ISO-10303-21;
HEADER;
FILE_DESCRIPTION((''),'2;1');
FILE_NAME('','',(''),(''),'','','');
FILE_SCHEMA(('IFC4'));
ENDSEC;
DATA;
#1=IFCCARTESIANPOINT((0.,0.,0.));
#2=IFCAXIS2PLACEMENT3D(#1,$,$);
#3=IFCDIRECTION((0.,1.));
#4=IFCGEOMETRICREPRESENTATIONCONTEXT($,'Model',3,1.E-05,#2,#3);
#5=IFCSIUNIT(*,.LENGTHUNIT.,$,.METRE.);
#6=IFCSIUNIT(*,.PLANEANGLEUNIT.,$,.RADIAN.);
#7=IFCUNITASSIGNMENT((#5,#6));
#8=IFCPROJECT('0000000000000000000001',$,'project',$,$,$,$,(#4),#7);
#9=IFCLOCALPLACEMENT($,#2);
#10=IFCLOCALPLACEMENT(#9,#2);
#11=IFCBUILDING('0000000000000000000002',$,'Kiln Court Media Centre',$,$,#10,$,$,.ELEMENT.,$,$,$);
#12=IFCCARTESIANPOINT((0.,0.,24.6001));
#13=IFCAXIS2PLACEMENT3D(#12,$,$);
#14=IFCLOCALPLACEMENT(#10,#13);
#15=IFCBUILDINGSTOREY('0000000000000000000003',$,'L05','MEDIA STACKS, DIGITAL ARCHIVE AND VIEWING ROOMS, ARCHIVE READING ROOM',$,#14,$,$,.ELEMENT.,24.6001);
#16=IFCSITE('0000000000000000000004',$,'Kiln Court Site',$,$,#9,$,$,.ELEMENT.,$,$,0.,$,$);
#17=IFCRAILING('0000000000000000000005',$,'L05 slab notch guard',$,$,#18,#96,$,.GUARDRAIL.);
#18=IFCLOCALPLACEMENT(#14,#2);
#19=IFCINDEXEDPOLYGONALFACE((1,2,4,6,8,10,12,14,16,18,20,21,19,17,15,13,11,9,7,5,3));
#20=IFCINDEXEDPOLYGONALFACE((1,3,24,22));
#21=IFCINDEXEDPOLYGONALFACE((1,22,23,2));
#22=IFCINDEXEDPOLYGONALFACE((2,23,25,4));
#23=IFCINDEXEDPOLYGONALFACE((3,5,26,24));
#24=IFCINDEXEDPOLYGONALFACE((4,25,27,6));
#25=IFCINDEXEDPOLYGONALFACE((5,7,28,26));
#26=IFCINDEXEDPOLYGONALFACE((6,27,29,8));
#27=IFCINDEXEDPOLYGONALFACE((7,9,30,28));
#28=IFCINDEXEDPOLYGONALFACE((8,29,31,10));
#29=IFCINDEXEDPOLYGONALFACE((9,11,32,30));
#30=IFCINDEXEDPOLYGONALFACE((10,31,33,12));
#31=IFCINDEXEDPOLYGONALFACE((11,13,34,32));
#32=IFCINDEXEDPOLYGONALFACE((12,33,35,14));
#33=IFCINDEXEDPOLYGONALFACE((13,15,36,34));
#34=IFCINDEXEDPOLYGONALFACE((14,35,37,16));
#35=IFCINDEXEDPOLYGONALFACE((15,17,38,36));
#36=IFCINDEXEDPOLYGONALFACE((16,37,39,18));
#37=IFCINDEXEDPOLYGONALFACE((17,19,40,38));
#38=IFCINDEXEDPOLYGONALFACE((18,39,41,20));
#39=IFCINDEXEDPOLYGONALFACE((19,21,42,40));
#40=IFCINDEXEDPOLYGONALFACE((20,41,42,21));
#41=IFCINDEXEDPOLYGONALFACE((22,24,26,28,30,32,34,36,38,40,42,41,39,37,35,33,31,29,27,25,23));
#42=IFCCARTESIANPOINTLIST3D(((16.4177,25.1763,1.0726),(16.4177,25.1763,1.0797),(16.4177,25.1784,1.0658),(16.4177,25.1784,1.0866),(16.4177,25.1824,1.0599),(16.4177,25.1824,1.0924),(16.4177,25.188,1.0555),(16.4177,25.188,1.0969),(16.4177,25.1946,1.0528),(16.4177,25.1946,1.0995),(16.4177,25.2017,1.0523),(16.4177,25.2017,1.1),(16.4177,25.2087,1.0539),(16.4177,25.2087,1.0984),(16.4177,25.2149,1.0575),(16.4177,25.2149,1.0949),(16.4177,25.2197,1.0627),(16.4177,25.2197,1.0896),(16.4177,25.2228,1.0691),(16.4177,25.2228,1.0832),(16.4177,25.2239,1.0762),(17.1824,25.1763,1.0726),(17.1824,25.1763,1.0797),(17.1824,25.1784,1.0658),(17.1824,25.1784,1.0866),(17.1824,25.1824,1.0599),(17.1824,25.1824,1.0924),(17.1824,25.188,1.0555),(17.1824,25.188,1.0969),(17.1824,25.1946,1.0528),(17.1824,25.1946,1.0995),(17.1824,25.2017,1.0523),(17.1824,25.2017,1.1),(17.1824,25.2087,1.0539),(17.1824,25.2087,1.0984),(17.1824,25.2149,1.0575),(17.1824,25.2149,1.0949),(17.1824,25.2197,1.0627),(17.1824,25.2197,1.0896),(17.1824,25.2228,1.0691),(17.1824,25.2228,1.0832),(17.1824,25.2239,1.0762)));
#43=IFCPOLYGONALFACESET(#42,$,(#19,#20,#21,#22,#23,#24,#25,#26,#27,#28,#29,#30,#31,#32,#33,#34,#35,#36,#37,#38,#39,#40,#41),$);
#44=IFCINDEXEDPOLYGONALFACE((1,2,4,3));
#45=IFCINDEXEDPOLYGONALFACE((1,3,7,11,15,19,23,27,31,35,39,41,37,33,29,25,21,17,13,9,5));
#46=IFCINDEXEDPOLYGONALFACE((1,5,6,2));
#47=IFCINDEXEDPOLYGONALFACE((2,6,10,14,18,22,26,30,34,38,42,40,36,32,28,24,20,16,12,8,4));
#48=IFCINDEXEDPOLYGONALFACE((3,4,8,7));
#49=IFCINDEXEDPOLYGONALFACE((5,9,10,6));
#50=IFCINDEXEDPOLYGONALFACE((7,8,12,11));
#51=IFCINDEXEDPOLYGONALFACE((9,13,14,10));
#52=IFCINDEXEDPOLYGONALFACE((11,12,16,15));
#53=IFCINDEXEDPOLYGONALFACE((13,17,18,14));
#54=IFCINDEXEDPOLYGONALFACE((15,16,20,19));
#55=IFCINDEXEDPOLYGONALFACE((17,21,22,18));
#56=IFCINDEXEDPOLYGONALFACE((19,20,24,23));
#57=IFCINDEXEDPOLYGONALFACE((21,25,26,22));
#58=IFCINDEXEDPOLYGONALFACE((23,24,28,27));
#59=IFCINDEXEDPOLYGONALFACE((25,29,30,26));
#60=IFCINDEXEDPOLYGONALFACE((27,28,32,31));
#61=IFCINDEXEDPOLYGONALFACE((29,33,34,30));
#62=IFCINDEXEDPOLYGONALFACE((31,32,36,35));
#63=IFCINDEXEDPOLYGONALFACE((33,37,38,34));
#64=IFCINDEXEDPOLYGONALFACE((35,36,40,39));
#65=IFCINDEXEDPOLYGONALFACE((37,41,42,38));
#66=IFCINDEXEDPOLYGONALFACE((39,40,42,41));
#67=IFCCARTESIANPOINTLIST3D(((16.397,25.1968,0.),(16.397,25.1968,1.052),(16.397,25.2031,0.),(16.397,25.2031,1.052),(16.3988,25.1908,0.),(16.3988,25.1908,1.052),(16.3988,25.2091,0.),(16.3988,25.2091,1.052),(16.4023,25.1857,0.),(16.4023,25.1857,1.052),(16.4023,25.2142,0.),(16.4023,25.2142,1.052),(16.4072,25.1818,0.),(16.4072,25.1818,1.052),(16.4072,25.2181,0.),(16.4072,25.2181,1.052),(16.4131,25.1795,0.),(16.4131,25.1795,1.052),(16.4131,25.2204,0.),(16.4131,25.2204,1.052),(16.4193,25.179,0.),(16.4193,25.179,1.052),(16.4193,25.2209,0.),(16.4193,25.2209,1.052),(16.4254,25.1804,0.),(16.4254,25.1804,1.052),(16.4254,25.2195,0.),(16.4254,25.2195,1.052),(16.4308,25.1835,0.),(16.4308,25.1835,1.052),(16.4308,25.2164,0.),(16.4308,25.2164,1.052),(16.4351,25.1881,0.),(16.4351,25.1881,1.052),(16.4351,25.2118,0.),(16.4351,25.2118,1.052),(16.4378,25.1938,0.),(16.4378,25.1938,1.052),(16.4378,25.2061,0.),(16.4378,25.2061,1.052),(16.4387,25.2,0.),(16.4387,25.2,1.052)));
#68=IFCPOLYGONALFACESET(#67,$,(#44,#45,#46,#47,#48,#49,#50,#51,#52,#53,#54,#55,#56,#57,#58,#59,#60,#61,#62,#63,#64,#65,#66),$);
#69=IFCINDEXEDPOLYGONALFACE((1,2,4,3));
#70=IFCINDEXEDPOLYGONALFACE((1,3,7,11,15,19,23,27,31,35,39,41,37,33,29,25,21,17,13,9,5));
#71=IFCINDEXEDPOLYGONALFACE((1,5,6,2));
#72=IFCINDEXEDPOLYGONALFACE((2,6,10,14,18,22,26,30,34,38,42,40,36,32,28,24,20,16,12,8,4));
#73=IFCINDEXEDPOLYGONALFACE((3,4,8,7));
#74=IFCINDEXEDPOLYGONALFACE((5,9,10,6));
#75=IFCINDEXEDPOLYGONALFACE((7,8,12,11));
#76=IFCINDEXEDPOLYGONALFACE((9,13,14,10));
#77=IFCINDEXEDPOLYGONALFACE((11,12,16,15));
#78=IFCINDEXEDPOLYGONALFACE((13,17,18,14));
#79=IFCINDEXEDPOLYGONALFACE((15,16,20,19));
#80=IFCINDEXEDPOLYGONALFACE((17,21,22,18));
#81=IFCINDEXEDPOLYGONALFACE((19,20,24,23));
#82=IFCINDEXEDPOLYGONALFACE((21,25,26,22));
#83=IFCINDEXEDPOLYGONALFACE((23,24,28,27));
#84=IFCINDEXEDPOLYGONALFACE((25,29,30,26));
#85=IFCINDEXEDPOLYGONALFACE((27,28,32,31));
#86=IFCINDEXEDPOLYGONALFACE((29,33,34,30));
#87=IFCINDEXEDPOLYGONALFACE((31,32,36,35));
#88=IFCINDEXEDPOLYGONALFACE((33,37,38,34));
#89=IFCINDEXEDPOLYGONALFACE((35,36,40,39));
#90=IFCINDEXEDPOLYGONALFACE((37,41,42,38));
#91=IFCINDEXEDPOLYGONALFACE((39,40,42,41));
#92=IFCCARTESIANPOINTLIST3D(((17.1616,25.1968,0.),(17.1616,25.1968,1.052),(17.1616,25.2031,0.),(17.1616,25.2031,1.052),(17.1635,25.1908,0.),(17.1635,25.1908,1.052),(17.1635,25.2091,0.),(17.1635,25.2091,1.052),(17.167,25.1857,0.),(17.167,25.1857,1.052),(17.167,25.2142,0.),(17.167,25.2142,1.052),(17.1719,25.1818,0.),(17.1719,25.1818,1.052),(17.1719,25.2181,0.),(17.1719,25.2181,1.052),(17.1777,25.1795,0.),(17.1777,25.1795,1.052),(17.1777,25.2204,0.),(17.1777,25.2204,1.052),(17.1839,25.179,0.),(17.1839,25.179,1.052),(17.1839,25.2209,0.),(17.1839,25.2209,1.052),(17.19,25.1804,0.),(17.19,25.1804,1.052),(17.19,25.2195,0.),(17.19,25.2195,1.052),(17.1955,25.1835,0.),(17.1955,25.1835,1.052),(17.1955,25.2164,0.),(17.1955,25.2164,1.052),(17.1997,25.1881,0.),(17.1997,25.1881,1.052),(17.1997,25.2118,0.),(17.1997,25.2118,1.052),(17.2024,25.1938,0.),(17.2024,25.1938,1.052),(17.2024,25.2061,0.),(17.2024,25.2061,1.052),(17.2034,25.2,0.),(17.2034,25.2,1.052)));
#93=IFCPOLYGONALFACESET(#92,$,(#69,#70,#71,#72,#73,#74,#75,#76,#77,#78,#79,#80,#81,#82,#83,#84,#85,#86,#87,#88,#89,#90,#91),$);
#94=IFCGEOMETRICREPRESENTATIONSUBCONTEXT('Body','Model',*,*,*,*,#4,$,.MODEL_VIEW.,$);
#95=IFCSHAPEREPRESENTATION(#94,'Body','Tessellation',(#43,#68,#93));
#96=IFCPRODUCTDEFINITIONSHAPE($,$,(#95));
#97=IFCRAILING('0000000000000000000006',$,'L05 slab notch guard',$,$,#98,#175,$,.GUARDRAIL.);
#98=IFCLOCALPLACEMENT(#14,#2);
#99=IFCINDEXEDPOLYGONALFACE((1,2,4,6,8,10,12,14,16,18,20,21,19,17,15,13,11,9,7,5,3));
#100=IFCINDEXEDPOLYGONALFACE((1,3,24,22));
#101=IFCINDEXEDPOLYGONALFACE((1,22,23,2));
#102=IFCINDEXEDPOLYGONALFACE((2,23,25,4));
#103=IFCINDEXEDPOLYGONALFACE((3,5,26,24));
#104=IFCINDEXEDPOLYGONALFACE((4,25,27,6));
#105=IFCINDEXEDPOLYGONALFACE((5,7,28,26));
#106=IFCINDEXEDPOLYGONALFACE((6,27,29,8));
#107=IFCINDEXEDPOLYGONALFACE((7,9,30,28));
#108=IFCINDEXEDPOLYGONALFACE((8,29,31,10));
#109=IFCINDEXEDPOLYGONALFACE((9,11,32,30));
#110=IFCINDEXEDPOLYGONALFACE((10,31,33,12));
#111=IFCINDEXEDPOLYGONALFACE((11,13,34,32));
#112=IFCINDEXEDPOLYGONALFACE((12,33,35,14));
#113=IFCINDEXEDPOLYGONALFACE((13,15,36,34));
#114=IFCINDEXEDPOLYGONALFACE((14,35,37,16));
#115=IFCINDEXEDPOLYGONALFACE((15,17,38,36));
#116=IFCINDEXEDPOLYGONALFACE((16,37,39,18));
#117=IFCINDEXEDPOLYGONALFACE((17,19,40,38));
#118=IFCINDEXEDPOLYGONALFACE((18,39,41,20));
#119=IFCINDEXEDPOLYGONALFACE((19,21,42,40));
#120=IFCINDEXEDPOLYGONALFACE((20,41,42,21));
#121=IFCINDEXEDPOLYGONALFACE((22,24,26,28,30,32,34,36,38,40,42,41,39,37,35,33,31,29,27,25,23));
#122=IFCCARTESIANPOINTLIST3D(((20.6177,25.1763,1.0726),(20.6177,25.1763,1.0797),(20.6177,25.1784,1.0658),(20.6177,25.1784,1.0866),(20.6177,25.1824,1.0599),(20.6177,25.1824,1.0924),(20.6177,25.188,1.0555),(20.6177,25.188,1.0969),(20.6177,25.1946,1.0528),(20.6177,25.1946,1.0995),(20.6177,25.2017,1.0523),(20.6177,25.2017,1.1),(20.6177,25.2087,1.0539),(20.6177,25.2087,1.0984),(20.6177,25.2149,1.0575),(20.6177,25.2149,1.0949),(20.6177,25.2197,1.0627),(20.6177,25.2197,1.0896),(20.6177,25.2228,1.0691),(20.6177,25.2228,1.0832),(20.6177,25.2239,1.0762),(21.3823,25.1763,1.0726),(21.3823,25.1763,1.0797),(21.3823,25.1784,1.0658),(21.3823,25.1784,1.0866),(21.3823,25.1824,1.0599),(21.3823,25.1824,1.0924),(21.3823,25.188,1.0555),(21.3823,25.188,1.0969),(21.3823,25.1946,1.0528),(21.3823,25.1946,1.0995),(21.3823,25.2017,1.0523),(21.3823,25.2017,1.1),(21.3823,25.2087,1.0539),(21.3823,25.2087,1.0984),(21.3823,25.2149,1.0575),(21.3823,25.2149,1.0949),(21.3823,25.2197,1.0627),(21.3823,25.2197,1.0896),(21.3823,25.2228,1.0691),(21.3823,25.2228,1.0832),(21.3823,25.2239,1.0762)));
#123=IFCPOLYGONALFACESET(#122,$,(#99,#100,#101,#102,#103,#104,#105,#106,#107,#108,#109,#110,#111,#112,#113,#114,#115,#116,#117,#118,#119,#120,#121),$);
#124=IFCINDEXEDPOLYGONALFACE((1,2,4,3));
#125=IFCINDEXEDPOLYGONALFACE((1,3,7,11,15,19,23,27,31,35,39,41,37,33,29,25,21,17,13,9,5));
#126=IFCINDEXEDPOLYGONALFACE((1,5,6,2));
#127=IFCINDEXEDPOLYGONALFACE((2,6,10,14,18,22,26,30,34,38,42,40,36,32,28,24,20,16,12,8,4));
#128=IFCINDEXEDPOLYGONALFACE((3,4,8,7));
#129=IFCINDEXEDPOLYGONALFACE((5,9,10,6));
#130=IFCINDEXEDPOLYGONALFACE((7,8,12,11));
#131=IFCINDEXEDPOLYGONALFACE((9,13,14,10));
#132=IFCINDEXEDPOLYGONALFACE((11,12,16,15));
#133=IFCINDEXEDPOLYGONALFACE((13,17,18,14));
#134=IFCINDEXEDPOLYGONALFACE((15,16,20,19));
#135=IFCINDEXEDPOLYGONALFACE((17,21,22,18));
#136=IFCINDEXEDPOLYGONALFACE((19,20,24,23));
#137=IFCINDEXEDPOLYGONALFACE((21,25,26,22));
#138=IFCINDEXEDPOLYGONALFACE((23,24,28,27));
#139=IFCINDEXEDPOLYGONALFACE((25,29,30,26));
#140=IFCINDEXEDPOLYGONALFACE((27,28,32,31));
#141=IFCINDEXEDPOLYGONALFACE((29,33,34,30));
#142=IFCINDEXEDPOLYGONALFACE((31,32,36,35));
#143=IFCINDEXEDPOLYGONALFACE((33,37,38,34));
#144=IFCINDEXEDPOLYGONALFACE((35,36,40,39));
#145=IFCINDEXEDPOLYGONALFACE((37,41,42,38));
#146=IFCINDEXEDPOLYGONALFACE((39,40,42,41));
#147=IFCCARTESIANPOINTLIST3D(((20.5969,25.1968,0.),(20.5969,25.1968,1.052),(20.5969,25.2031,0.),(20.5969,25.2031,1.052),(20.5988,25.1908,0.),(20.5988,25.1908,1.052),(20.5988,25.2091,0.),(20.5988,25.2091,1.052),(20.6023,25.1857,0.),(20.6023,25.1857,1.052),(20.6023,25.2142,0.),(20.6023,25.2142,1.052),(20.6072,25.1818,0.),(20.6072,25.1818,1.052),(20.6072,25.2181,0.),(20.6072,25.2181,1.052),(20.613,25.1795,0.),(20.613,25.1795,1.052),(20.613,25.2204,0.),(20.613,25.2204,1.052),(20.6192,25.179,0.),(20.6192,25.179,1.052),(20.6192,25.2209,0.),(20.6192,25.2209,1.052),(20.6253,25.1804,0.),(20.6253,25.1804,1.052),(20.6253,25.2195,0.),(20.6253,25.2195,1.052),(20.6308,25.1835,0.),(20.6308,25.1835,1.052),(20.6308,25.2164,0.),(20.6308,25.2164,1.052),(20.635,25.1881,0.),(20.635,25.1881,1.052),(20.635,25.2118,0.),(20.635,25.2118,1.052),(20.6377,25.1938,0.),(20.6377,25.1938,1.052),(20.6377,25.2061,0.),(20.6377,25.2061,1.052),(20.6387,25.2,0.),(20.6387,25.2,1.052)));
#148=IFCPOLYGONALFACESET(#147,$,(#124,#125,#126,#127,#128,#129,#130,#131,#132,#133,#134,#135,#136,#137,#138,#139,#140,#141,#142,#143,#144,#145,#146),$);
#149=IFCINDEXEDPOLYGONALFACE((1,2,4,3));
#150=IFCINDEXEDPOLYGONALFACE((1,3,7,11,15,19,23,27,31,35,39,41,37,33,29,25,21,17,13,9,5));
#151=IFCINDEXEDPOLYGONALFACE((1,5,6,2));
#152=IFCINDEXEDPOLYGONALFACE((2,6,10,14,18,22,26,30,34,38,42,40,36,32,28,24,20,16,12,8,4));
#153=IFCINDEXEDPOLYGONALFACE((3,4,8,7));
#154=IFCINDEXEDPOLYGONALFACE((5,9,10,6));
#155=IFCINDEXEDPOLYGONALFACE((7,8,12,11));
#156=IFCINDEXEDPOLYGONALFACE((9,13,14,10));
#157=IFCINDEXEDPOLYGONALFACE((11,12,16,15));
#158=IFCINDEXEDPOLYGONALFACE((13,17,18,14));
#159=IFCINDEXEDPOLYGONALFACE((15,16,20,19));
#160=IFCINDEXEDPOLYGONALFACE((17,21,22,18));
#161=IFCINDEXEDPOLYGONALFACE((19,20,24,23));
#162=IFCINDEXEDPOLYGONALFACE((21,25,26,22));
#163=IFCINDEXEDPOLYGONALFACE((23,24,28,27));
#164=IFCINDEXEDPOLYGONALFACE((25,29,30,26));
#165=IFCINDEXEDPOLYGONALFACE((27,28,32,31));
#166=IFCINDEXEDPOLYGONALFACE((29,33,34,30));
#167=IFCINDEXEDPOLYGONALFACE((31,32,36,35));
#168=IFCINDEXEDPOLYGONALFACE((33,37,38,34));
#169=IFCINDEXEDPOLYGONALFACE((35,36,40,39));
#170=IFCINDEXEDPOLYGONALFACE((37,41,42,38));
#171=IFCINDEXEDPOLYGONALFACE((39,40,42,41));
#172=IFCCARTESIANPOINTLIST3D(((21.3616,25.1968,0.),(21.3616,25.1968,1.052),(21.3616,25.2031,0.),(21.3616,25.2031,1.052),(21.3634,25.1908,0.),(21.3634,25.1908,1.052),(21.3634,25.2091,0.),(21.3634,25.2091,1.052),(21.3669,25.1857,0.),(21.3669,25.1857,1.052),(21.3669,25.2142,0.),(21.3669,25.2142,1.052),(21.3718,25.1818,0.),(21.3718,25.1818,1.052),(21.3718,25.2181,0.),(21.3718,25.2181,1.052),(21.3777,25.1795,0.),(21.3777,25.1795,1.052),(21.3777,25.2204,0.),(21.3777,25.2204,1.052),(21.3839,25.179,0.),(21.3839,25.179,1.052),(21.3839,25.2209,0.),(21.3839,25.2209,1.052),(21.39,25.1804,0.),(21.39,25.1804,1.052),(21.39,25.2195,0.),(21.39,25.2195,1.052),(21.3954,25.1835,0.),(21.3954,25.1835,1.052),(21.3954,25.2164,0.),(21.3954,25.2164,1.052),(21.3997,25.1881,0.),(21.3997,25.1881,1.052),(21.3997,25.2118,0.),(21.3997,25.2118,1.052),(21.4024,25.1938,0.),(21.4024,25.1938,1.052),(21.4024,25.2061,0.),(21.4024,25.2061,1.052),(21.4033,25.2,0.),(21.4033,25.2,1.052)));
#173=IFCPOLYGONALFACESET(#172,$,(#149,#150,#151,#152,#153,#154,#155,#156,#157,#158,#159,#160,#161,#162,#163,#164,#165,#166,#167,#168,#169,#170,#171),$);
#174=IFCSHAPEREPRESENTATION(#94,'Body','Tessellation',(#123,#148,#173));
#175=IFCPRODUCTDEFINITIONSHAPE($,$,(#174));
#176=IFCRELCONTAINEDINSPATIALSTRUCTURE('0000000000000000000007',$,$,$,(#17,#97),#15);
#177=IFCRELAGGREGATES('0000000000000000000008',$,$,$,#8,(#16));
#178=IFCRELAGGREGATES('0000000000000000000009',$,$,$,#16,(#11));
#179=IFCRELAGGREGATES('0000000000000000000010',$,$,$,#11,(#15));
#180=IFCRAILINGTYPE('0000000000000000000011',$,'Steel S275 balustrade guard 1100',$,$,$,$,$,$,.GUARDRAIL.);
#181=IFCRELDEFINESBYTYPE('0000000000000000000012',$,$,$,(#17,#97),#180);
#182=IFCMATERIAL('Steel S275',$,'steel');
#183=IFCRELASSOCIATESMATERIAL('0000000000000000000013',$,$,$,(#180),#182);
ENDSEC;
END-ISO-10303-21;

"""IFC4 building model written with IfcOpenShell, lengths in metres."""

from ifc_helpers import new_model, si_unit, direction, frame, origin, origin_2d, place, context, subcontext, project, spatial, circle, extrude, material, type_object, element, save


model = new_model("IFC4")

# Units and contexts
model_context = context("Model", 3, precision=1e-05, world=origin(), true_north=direction((0.0, 1.0)))
body_context = subcontext(model_context, "Body", "Model", "MODEL_VIEW")
ifc_project = project(units=[si_unit("LENGTHUNIT", "METRE"), si_unit("PLANEANGLEUNIT", "RADIAN")], contexts=[model_context])

# Site, building, storey
site_placement = place(None, origin())
site = spatial("IfcSite", under=ifc_project, at=site_placement, Name="Kiln Court Site", CompositionType="ELEMENT", RefElevation=0.0)
building_placement = place(site_placement, origin())
building = spatial("IfcBuilding", under=site, at=building_placement, Name="Kiln Court Media Centre", CompositionType="ELEMENT")
storey_placement = place(building_placement, frame((0.0, 0.0, 24.6001)))
storey = spatial("IfcBuildingStorey", under=building, at=storey_placement, Name="L05", Description="MEDIA STACKS, DIGITAL ARCHIVE AND VIEWING ROOMS, ARCHIVE READING ROOM", CompositionType="ELEMENT", Elevation=24.6001)

# Railings
ifc_material_1 = material(Name="Steel S275", Category="steel")
railing_type = type_object("IfcRailingType", Name="Steel S275 balustrade guard 1100", PredefinedType="GUARDRAIL", material=ifc_material_1)
for number, where, name in (
    (1, (16.4177, 25.2, 0.0), "L05 slab notch guard"),
    (2, (20.6177, 25.2, 0.0), "L05 slab notch guard"),
):
    element("IfcRailing", number, at=place(storey_placement, frame(where)), inside=storey, type_object=railing_type, Name=name, PredefinedType="GUARDRAIL", context=body_context, shape_type="SweptSolid", body=[
        extrude(circle(Radius=0.0239, at=origin_2d()), frame((0.0, 0.0, 1.0762), z_axis=(1.0, 0.0, 0.0), x_axis=(0.0, 1.0, 0.0)), (0.0, 0.0, 1.0), 0.7646),
        extrude(circle(Radius=0.021, at=origin_2d()), origin(), (0.0, 0.0, 1.0), 1.052),
        extrude(circle(Radius=0.021, at=origin_2d()), frame((0.7646, 0.0, 0.0)), (0.0, 0.0, 1.0), 1.052),
    ])

save(model, "model.ifc")
